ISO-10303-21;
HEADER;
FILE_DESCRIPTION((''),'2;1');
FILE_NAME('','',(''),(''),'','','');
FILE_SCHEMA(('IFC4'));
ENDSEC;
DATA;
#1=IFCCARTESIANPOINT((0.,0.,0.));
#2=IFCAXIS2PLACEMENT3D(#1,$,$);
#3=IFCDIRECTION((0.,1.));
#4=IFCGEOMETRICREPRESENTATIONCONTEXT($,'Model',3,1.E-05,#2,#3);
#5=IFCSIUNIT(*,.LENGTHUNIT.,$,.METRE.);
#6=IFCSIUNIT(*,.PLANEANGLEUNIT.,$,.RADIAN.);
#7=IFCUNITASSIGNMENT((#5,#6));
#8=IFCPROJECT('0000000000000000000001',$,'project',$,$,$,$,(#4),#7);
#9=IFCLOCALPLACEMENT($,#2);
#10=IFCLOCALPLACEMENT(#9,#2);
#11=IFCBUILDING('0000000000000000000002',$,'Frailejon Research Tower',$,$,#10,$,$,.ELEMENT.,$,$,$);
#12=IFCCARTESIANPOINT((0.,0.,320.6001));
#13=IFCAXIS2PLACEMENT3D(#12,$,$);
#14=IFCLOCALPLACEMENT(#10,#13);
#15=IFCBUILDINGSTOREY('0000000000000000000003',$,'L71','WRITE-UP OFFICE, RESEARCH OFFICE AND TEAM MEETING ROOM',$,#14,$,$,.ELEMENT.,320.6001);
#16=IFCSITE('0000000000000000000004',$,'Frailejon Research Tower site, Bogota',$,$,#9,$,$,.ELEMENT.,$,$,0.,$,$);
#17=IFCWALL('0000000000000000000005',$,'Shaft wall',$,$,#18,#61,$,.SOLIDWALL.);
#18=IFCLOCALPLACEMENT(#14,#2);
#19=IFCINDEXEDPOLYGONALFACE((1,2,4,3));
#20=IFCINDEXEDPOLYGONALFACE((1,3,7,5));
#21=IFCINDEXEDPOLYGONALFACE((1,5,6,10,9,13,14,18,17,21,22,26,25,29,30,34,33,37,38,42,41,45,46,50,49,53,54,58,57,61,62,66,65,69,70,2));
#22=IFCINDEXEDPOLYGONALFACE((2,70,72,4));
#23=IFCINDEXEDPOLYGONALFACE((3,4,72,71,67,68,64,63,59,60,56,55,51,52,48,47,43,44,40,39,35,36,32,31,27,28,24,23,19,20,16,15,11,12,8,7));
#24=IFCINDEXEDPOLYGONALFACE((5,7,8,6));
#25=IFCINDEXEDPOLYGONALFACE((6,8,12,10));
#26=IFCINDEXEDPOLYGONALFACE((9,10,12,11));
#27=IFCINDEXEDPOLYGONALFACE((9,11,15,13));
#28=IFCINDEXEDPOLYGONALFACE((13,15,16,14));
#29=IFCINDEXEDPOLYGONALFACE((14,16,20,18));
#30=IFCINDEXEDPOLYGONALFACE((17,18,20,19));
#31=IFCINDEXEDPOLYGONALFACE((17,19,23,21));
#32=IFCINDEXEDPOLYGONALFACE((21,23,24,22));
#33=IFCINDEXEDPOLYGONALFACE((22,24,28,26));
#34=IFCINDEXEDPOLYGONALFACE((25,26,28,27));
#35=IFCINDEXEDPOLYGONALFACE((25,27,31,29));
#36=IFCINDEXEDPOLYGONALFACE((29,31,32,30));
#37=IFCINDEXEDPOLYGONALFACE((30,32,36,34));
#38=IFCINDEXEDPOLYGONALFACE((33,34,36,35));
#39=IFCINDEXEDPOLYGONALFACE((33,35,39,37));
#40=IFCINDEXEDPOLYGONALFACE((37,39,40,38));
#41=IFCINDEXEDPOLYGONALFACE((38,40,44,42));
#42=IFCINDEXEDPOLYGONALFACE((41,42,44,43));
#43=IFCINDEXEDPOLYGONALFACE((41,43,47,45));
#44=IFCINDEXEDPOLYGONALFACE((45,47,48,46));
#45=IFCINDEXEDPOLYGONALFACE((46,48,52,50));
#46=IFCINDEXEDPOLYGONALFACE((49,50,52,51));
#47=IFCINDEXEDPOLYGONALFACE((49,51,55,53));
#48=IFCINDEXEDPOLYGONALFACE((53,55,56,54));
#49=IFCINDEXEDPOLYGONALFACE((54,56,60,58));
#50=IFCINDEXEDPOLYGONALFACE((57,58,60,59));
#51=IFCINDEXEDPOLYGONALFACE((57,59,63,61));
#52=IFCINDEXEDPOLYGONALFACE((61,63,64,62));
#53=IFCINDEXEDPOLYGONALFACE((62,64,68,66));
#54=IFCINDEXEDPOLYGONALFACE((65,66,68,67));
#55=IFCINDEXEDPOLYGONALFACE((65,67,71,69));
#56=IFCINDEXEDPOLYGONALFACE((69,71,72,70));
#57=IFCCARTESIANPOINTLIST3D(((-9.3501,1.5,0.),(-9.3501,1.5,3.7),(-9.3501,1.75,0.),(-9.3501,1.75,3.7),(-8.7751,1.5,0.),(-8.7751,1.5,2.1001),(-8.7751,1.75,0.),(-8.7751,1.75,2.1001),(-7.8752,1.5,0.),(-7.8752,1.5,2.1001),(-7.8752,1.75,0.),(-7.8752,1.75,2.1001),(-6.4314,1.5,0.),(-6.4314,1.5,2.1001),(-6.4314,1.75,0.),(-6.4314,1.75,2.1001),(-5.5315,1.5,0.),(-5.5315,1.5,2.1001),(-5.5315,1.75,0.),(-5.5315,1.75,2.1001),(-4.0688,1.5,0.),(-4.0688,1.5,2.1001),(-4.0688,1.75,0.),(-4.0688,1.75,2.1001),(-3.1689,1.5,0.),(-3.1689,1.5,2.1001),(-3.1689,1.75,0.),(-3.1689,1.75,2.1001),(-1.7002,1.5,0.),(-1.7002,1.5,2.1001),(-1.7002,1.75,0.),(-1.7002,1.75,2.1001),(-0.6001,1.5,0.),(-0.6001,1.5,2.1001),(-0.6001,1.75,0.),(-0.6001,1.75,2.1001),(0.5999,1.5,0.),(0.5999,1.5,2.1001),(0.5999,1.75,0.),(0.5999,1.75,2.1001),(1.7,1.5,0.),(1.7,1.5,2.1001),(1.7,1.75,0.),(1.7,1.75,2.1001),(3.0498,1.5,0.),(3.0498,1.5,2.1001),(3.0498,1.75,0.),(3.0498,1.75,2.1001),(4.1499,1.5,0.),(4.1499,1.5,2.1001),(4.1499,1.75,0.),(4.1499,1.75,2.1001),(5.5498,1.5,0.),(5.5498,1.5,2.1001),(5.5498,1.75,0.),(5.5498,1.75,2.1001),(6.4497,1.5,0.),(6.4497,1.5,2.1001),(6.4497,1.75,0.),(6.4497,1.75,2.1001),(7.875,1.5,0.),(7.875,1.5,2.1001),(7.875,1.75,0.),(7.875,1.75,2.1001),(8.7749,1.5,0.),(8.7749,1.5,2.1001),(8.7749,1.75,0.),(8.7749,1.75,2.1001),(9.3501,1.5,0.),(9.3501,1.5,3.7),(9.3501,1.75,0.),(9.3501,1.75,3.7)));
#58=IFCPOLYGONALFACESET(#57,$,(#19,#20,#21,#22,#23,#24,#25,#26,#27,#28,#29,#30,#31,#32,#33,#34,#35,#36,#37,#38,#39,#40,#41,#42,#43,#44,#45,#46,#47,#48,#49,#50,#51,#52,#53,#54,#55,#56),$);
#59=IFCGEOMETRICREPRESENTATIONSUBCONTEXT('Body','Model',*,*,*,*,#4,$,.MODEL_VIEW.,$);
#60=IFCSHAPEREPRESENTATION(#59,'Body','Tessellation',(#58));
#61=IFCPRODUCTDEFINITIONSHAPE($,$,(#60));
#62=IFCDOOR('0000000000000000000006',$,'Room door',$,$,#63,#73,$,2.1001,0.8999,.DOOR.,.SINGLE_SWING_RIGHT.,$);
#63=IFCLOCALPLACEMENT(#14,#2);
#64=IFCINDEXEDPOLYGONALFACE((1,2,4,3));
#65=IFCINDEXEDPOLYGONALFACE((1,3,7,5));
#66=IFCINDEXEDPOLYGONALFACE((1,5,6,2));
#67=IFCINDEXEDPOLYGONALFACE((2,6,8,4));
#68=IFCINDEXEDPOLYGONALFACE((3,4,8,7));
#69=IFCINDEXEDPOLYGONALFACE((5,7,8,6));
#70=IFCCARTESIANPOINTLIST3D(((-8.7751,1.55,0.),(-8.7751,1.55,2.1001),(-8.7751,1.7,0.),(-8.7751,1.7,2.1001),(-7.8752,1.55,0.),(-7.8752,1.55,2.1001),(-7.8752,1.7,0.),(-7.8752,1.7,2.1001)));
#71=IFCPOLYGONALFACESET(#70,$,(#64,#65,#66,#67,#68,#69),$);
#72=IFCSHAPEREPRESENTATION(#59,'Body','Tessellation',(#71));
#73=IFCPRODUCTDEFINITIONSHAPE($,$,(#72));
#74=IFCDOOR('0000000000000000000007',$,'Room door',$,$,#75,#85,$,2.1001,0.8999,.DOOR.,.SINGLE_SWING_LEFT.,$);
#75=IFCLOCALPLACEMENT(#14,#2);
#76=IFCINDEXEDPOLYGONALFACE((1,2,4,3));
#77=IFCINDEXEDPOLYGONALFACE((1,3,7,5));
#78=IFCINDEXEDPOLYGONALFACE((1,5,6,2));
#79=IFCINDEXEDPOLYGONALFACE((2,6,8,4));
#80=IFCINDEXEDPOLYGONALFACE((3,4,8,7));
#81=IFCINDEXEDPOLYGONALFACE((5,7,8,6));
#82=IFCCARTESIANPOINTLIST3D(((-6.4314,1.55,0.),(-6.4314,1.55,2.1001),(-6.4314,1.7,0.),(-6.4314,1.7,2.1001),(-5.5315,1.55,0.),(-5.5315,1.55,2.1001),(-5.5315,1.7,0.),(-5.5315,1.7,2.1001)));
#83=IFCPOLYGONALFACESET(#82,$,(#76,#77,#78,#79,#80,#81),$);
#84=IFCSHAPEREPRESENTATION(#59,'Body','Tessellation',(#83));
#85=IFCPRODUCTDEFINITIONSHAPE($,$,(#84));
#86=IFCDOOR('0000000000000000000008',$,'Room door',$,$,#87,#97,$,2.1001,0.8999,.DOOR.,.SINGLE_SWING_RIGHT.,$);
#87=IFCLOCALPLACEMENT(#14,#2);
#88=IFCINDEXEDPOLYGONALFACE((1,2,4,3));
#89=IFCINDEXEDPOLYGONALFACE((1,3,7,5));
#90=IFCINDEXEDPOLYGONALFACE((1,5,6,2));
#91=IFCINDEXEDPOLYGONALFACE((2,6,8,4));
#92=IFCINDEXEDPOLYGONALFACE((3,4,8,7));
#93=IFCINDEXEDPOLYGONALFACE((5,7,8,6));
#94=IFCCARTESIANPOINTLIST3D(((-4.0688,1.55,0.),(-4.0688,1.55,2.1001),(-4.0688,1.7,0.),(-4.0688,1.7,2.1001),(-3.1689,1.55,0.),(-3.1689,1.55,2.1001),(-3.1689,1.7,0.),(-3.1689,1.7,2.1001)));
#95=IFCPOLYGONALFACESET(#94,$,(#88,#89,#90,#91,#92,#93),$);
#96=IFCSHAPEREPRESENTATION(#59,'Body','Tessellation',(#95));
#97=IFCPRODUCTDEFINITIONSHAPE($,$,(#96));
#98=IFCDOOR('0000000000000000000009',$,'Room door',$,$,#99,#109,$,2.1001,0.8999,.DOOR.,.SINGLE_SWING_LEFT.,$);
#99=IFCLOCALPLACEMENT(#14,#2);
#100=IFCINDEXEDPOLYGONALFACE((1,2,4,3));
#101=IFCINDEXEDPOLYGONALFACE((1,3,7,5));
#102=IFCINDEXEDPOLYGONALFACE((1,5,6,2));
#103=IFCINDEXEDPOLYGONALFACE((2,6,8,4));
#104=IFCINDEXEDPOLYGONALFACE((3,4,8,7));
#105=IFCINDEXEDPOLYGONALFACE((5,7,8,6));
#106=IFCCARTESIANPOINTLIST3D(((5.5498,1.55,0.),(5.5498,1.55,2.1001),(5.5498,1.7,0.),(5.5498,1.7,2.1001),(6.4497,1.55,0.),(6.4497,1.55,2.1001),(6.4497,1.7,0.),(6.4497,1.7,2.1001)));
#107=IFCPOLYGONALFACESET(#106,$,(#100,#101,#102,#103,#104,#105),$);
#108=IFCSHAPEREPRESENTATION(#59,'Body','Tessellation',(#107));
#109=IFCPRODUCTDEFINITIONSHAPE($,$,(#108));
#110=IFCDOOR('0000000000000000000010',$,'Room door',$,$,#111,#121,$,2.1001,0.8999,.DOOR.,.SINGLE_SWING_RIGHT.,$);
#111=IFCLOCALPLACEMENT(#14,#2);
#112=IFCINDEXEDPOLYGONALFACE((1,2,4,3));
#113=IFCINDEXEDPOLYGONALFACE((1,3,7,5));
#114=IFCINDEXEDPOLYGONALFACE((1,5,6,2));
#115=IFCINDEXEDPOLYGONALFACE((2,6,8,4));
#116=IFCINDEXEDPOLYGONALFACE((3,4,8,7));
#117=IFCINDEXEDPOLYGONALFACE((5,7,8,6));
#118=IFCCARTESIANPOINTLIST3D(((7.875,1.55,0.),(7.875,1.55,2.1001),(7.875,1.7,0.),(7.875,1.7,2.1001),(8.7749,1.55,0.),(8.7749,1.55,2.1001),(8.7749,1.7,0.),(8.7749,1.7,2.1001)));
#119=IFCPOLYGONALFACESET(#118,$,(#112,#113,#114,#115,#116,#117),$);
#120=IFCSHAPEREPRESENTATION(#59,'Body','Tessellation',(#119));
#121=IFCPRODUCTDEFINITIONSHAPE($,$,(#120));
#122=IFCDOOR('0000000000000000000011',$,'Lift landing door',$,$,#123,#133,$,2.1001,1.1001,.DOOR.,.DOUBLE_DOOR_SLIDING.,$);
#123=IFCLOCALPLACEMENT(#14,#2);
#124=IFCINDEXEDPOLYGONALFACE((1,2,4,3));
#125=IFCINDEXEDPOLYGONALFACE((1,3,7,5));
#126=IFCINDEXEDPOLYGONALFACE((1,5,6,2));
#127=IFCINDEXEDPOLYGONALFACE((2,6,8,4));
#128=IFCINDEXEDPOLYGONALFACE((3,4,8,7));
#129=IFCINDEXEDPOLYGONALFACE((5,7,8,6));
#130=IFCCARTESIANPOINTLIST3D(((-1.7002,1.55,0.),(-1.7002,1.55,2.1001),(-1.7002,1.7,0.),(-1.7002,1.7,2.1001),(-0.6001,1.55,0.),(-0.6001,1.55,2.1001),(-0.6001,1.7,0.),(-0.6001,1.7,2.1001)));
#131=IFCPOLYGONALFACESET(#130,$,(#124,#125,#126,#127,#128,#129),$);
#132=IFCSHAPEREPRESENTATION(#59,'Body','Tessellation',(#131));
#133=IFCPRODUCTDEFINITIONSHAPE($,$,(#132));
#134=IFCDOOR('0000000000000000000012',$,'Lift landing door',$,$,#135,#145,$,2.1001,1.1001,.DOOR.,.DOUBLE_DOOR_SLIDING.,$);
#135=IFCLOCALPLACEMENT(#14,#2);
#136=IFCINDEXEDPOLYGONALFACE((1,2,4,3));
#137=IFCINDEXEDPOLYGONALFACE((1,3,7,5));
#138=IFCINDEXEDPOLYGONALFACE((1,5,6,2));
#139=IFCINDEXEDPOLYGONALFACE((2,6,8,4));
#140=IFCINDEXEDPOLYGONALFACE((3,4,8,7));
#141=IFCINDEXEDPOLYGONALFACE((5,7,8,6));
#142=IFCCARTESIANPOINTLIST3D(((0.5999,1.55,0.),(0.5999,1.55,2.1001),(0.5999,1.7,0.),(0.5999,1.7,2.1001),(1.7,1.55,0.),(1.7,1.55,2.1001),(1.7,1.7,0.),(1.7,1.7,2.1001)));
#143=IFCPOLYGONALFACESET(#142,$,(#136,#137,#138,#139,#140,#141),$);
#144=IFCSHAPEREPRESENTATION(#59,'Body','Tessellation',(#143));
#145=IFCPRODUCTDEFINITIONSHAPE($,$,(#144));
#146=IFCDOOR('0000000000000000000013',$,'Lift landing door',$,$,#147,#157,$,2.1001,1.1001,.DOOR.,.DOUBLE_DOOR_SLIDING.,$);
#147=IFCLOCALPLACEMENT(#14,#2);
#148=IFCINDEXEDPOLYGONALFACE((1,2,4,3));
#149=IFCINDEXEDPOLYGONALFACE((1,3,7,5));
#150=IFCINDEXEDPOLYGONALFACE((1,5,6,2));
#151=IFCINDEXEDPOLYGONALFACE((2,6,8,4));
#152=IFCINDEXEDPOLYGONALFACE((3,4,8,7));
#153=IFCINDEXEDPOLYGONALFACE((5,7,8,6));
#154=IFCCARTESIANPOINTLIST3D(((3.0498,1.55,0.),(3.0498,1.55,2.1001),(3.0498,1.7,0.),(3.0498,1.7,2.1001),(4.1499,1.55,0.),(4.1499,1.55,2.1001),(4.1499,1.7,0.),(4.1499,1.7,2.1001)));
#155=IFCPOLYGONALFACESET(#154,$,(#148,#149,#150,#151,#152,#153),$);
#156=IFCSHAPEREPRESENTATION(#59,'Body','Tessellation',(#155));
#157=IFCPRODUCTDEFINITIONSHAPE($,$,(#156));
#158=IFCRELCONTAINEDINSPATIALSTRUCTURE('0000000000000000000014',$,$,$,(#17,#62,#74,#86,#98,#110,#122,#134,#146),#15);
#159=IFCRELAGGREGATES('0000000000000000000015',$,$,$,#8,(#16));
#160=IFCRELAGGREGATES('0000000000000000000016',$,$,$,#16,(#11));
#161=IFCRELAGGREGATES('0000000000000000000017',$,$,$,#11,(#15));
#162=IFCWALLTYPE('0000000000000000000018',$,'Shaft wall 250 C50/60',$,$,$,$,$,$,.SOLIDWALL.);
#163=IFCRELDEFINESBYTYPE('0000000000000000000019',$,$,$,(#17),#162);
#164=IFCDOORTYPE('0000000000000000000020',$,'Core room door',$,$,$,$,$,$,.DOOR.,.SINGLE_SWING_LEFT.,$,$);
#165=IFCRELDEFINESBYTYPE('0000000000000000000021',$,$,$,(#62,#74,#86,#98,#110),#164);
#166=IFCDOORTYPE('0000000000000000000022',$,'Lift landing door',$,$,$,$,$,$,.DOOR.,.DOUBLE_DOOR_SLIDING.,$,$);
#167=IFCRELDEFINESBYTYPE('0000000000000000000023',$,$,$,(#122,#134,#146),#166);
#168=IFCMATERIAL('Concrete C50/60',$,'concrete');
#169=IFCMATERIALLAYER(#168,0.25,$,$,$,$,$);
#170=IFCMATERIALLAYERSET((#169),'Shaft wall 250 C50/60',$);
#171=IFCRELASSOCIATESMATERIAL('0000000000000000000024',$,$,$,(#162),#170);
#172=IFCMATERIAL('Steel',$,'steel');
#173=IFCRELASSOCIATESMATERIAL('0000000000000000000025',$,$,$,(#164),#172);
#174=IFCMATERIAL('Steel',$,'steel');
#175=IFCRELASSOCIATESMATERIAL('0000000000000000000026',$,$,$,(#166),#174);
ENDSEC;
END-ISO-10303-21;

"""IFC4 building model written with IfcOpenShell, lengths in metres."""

from ifc_helpers import new_model, si_unit, direction, frame, frame_2d, origin, place, context, subcontext, project, spatial, rectangle, extrude, material, layer, layer_set, type_object, element, fill, save


model = new_model("IFC4")

# Units and contexts
model_context = context("Model", 3, precision=1e-05, world=origin(), true_north=direction((0.0, 1.0)))
body_context = subcontext(model_context, "Body", "Model", "MODEL_VIEW")
ifc_project = project(units=[si_unit("LENGTHUNIT", "METRE"), si_unit("PLANEANGLEUNIT", "RADIAN")], contexts=[model_context])

# Site, building, storey
site_placement = place(None, origin())
site = spatial("IfcSite", under=ifc_project, at=site_placement, Name="Frailejon Research Tower site, Bogota", CompositionType="ELEMENT", RefElevation=0.0)
building_placement = place(site_placement, origin())
building = spatial("IfcBuilding", under=site, at=building_placement, Name="Frailejon Research Tower", CompositionType="ELEMENT")
storey_placement = place(building_placement, frame((0.0, 0.0, 320.6001)))
storey = spatial("IfcBuildingStorey", under=building, at=storey_placement, Name="L71", Description="WRITE-UP OFFICE, RESEARCH OFFICE AND TEAM MEETING ROOM", CompositionType="ELEMENT", Elevation=320.6001)

# Wall, openings, doors
ifc_material_1 = material(Name="Concrete C50/60", Category="concrete")
ifc_layer_1 = layer(ifc_material_1, 0.25)
ifc_layer_set_1 = layer_set([ifc_layer_1], Name="Shaft wall 250 C50/60")
wall_type_1 = type_object("IfcWallType", Name="Shaft wall 250 C50/60", PredefinedType="SOLIDWALL", material=ifc_layer_set_1)
wall_1_placement = place(storey_placement, frame((-9.3501, 1.625, 0.0), z_axis=(0.0, 0.0, 1.0), x_axis=(1.0, 0.0, 0.0)))
wall_1 = element("IfcWall", 1, at=wall_1_placement, inside=storey, type_object=wall_type_1, Name="Shaft wall", PredefinedType="SOLIDWALL", context=body_context, shape_type="SweptSolid", body=[
    extrude(rectangle(XDim=18.7002, YDim=0.25, at=frame_2d((9.3501, 0.0))), origin(), (0.0, 0.0, 1.0), 3.7),
])
opening_1_placement = place(wall_1_placement, frame((7.6499, 0.0, 0.0)))
opening_1 = element("IfcOpeningElement", 2, at=opening_1_placement, cuts=wall_1, PredefinedType="OPENING", context=body_context, shape_type="SweptSolid", body=[
    extrude(rectangle(XDim=1.1001, YDim=2.1001, at=frame_2d((0.55, 1.05))), frame((0.0, 0.135, 0.0), z_axis=(0.0, -1.0, 0.0), x_axis=(1.0, 0.0, 0.0)), (0.0, 0.0, 1.0), 0.27),
])
opening_2_placement = place(wall_1_placement, frame((9.95, 0.0, 0.0)))
opening_2 = element("IfcOpeningElement", 3, at=opening_2_placement, cuts=wall_1, PredefinedType="OPENING", context=body_context, shape_type="SweptSolid", body=[
    extrude(rectangle(XDim=1.1001, YDim=2.1001, at=frame_2d((0.55, 1.05))), frame((0.0, 0.135, 0.0), z_axis=(0.0, -1.0, 0.0), x_axis=(1.0, 0.0, 0.0)), (0.0, 0.0, 1.0), 0.27),
])
opening_3_placement = place(wall_1_placement, frame((12.3999, 0.0, 0.0)))
opening_3 = element("IfcOpeningElement", 4, at=opening_3_placement, cuts=wall_1, PredefinedType="OPENING", context=body_context, shape_type="SweptSolid", body=[
    extrude(rectangle(XDim=1.1001, YDim=2.1001, at=frame_2d((0.55, 1.05))), frame((0.0, 0.135, 0.0), z_axis=(0.0, -1.0, 0.0), x_axis=(1.0, 0.0, 0.0)), (0.0, 0.0, 1.0), 0.27),
])
opening_4_placement = place(wall_1_placement, frame((0.575, 0.0, 0.0)))
opening_4 = element("IfcOpeningElement", 5, at=opening_4_placement, cuts=wall_1, PredefinedType="OPENING", context=body_context, shape_type="SweptSolid", body=[
    extrude(rectangle(XDim=0.8999, YDim=2.1001, at=frame_2d((0.45, 1.05))), frame((0.0, 0.135, 0.0), z_axis=(0.0, -1.0, 0.0), x_axis=(1.0, 0.0, 0.0)), (0.0, 0.0, 1.0), 0.27),
])
opening_5_placement = place(wall_1_placement, frame((2.9187, 0.0, 0.0)))
opening_5 = element("IfcOpeningElement", 6, at=opening_5_placement, cuts=wall_1, PredefinedType="OPENING", context=body_context, shape_type="SweptSolid", body=[
    extrude(rectangle(XDim=0.8999, YDim=2.1001, at=frame_2d((0.45, 1.05))), frame((0.0, 0.135, 0.0), z_axis=(0.0, -1.0, 0.0), x_axis=(1.0, 0.0, 0.0)), (0.0, 0.0, 1.0), 0.27),
])
opening_6_placement = place(wall_1_placement, frame((5.2812, 0.0, 0.0)))
opening_6 = element("IfcOpeningElement", 7, at=opening_6_placement, cuts=wall_1, PredefinedType="OPENING", context=body_context, shape_type="SweptSolid", body=[
    extrude(rectangle(XDim=0.8999, YDim=2.1001, at=frame_2d((0.45, 1.05))), frame((0.0, 0.135, 0.0), z_axis=(0.0, -1.0, 0.0), x_axis=(1.0, 0.0, 0.0)), (0.0, 0.0, 1.0), 0.27),
])
opening_7_placement = place(wall_1_placement, frame((14.8999, 0.0, 0.0)))
opening_7 = element("IfcOpeningElement", 8, at=opening_7_placement, cuts=wall_1, PredefinedType="OPENING", context=body_context, shape_type="SweptSolid", body=[
    extrude(rectangle(XDim=0.8999, YDim=2.1001, at=frame_2d((0.45, 1.05))), frame((0.0, 0.135, 0.0), z_axis=(0.0, -1.0, 0.0), x_axis=(1.0, 0.0, 0.0)), (0.0, 0.0, 1.0), 0.27),
])
opening_8_placement = place(wall_1_placement, frame((17.2251, 0.0, 0.0)))
opening_8 = element("IfcOpeningElement", 9, at=opening_8_placement, cuts=wall_1, PredefinedType="OPENING", context=body_context, shape_type="SweptSolid", body=[
    extrude(rectangle(XDim=0.8999, YDim=2.1001, at=frame_2d((0.45, 1.05))), frame((0.0, 0.135, 0.0), z_axis=(0.0, -1.0, 0.0), x_axis=(1.0, 0.0, 0.0)), (0.0, 0.0, 1.0), 0.27),
])
ifc_material_2 = material(Name="Steel", Category="steel")
door_type_1 = type_object("IfcDoorType", Name="Core room door", OperationType="SINGLE_SWING_LEFT", PredefinedType="DOOR", material=ifc_material_2)
door_1_placement = place(opening_4_placement, origin())
door_1 = element("IfcDoor", 10, at=door_1_placement, inside=storey, type_object=door_type_1, Name="Room door", OperationType="SINGLE_SWING_RIGHT", OverallHeight=2.1001, OverallWidth=0.8999, PredefinedType="DOOR", context=body_context, shape_type="SweptSolid", body=[
    extrude(rectangle(XDim=0.8999, YDim=2.1001, at=frame_2d((0.45, 1.05))), frame((0.0, 0.075, 0.0), z_axis=(0.0, -1.0, 0.0), x_axis=(1.0, 0.0, 0.0)), (0.0, 0.0, 1.0), 0.1499),
])
fill(opening_4, door_1)
door_2_placement = place(opening_5_placement, origin())
door_2 = element("IfcDoor", 11, at=door_2_placement, inside=storey, type_object=door_type_1, Name="Room door", OperationType="SINGLE_SWING_LEFT", OverallHeight=2.1001, OverallWidth=0.8999, PredefinedType="DOOR", context=body_context, shape_type="SweptSolid", body=[
    extrude(rectangle(XDim=0.8999, YDim=2.1001, at=frame_2d((0.45, 1.05))), frame((0.0, 0.075, 0.0), z_axis=(0.0, -1.0, 0.0), x_axis=(1.0, 0.0, 0.0)), (0.0, 0.0, 1.0), 0.1499),
])
fill(opening_5, door_2)
door_3_placement = place(opening_6_placement, origin())
door_3 = element("IfcDoor", 12, at=door_3_placement, inside=storey, type_object=door_type_1, Name="Room door", OperationType="SINGLE_SWING_RIGHT", OverallHeight=2.1001, OverallWidth=0.8999, PredefinedType="DOOR", context=body_context, shape_type="SweptSolid", body=[
    extrude(rectangle(XDim=0.8999, YDim=2.1001, at=frame_2d((0.45, 1.05))), frame((0.0, 0.075, 0.0), z_axis=(0.0, -1.0, 0.0), x_axis=(1.0, 0.0, 0.0)), (0.0, 0.0, 1.0), 0.1499),
])
fill(opening_6, door_3)
door_4_placement = place(opening_7_placement, origin())
door_4 = element("IfcDoor", 13, at=door_4_placement, inside=storey, type_object=door_type_1, Name="Room door", OperationType="SINGLE_SWING_LEFT", OverallHeight=2.1001, OverallWidth=0.8999, PredefinedType="DOOR", context=body_context, shape_type="SweptSolid", body=[
    extrude(rectangle(XDim=0.8999, YDim=2.1001, at=frame_2d((0.45, 1.05))), frame((0.0, 0.075, 0.0), z_axis=(0.0, -1.0, 0.0), x_axis=(1.0, 0.0, 0.0)), (0.0, 0.0, 1.0), 0.1499),
])
fill(opening_7, door_4)
door_5_placement = place(opening_8_placement, origin())
door_5 = element("IfcDoor", 14, at=door_5_placement, inside=storey, type_object=door_type_1, Name="Room door", OperationType="SINGLE_SWING_RIGHT", OverallHeight=2.1001, OverallWidth=0.8999, PredefinedType="DOOR", context=body_context, shape_type="SweptSolid", body=[
    extrude(rectangle(XDim=0.8999, YDim=2.1001, at=frame_2d((0.45, 1.05))), frame((0.0, 0.075, 0.0), z_axis=(0.0, -1.0, 0.0), x_axis=(1.0, 0.0, 0.0)), (0.0, 0.0, 1.0), 0.1499),
])
fill(opening_8, door_5)
ifc_material_3 = material(Name="Steel", Category="steel")
door_type_2 = type_object("IfcDoorType", Name="Lift landing door", OperationType="DOUBLE_DOOR_SLIDING", PredefinedType="DOOR", material=ifc_material_3)
door_6_placement = place(opening_1_placement, origin())
door_6 = element("IfcDoor", 15, at=door_6_placement, inside=storey, type_object=door_type_2, Name="Lift landing door", OperationType="DOUBLE_DOOR_SLIDING", OverallHeight=2.1001, OverallWidth=1.1001, PredefinedType="DOOR", context=body_context, shape_type="SweptSolid", body=[
    extrude(rectangle(XDim=1.1001, YDim=2.1001, at=frame_2d((0.55, 1.05))), frame((0.0, 0.075, 0.0), z_axis=(0.0, -1.0, 0.0), x_axis=(1.0, 0.0, 0.0)), (0.0, 0.0, 1.0), 0.1499),
])
fill(opening_1, door_6)
door_7_placement = place(opening_2_placement, origin())
door_7 = element("IfcDoor", 16, at=door_7_placement, inside=storey, type_object=door_type_2, Name="Lift landing door", OperationType="DOUBLE_DOOR_SLIDING", OverallHeight=2.1001, OverallWidth=1.1001, PredefinedType="DOOR", context=body_context, shape_type="SweptSolid", body=[
    extrude(rectangle(XDim=1.1001, YDim=2.1001, at=frame_2d((0.55, 1.05))), frame((0.0, 0.075, 0.0), z_axis=(0.0, -1.0, 0.0), x_axis=(1.0, 0.0, 0.0)), (0.0, 0.0, 1.0), 0.1499),
])
fill(opening_2, door_7)
door_8_placement = place(opening_3_placement, origin())
door_8 = element("IfcDoor", 17, at=door_8_placement, inside=storey, type_object=door_type_2, Name="Lift landing door", OperationType="DOUBLE_DOOR_SLIDING", OverallHeight=2.1001, OverallWidth=1.1001, PredefinedType="DOOR", context=body_context, shape_type="SweptSolid", body=[
    extrude(rectangle(XDim=1.1001, YDim=2.1001, at=frame_2d((0.55, 1.05))), frame((0.0, 0.075, 0.0), z_axis=(0.0, -1.0, 0.0), x_axis=(1.0, 0.0, 0.0)), (0.0, 0.0, 1.0), 0.1499),
])
fill(opening_3, door_8)

save(model, "model.ifc")
